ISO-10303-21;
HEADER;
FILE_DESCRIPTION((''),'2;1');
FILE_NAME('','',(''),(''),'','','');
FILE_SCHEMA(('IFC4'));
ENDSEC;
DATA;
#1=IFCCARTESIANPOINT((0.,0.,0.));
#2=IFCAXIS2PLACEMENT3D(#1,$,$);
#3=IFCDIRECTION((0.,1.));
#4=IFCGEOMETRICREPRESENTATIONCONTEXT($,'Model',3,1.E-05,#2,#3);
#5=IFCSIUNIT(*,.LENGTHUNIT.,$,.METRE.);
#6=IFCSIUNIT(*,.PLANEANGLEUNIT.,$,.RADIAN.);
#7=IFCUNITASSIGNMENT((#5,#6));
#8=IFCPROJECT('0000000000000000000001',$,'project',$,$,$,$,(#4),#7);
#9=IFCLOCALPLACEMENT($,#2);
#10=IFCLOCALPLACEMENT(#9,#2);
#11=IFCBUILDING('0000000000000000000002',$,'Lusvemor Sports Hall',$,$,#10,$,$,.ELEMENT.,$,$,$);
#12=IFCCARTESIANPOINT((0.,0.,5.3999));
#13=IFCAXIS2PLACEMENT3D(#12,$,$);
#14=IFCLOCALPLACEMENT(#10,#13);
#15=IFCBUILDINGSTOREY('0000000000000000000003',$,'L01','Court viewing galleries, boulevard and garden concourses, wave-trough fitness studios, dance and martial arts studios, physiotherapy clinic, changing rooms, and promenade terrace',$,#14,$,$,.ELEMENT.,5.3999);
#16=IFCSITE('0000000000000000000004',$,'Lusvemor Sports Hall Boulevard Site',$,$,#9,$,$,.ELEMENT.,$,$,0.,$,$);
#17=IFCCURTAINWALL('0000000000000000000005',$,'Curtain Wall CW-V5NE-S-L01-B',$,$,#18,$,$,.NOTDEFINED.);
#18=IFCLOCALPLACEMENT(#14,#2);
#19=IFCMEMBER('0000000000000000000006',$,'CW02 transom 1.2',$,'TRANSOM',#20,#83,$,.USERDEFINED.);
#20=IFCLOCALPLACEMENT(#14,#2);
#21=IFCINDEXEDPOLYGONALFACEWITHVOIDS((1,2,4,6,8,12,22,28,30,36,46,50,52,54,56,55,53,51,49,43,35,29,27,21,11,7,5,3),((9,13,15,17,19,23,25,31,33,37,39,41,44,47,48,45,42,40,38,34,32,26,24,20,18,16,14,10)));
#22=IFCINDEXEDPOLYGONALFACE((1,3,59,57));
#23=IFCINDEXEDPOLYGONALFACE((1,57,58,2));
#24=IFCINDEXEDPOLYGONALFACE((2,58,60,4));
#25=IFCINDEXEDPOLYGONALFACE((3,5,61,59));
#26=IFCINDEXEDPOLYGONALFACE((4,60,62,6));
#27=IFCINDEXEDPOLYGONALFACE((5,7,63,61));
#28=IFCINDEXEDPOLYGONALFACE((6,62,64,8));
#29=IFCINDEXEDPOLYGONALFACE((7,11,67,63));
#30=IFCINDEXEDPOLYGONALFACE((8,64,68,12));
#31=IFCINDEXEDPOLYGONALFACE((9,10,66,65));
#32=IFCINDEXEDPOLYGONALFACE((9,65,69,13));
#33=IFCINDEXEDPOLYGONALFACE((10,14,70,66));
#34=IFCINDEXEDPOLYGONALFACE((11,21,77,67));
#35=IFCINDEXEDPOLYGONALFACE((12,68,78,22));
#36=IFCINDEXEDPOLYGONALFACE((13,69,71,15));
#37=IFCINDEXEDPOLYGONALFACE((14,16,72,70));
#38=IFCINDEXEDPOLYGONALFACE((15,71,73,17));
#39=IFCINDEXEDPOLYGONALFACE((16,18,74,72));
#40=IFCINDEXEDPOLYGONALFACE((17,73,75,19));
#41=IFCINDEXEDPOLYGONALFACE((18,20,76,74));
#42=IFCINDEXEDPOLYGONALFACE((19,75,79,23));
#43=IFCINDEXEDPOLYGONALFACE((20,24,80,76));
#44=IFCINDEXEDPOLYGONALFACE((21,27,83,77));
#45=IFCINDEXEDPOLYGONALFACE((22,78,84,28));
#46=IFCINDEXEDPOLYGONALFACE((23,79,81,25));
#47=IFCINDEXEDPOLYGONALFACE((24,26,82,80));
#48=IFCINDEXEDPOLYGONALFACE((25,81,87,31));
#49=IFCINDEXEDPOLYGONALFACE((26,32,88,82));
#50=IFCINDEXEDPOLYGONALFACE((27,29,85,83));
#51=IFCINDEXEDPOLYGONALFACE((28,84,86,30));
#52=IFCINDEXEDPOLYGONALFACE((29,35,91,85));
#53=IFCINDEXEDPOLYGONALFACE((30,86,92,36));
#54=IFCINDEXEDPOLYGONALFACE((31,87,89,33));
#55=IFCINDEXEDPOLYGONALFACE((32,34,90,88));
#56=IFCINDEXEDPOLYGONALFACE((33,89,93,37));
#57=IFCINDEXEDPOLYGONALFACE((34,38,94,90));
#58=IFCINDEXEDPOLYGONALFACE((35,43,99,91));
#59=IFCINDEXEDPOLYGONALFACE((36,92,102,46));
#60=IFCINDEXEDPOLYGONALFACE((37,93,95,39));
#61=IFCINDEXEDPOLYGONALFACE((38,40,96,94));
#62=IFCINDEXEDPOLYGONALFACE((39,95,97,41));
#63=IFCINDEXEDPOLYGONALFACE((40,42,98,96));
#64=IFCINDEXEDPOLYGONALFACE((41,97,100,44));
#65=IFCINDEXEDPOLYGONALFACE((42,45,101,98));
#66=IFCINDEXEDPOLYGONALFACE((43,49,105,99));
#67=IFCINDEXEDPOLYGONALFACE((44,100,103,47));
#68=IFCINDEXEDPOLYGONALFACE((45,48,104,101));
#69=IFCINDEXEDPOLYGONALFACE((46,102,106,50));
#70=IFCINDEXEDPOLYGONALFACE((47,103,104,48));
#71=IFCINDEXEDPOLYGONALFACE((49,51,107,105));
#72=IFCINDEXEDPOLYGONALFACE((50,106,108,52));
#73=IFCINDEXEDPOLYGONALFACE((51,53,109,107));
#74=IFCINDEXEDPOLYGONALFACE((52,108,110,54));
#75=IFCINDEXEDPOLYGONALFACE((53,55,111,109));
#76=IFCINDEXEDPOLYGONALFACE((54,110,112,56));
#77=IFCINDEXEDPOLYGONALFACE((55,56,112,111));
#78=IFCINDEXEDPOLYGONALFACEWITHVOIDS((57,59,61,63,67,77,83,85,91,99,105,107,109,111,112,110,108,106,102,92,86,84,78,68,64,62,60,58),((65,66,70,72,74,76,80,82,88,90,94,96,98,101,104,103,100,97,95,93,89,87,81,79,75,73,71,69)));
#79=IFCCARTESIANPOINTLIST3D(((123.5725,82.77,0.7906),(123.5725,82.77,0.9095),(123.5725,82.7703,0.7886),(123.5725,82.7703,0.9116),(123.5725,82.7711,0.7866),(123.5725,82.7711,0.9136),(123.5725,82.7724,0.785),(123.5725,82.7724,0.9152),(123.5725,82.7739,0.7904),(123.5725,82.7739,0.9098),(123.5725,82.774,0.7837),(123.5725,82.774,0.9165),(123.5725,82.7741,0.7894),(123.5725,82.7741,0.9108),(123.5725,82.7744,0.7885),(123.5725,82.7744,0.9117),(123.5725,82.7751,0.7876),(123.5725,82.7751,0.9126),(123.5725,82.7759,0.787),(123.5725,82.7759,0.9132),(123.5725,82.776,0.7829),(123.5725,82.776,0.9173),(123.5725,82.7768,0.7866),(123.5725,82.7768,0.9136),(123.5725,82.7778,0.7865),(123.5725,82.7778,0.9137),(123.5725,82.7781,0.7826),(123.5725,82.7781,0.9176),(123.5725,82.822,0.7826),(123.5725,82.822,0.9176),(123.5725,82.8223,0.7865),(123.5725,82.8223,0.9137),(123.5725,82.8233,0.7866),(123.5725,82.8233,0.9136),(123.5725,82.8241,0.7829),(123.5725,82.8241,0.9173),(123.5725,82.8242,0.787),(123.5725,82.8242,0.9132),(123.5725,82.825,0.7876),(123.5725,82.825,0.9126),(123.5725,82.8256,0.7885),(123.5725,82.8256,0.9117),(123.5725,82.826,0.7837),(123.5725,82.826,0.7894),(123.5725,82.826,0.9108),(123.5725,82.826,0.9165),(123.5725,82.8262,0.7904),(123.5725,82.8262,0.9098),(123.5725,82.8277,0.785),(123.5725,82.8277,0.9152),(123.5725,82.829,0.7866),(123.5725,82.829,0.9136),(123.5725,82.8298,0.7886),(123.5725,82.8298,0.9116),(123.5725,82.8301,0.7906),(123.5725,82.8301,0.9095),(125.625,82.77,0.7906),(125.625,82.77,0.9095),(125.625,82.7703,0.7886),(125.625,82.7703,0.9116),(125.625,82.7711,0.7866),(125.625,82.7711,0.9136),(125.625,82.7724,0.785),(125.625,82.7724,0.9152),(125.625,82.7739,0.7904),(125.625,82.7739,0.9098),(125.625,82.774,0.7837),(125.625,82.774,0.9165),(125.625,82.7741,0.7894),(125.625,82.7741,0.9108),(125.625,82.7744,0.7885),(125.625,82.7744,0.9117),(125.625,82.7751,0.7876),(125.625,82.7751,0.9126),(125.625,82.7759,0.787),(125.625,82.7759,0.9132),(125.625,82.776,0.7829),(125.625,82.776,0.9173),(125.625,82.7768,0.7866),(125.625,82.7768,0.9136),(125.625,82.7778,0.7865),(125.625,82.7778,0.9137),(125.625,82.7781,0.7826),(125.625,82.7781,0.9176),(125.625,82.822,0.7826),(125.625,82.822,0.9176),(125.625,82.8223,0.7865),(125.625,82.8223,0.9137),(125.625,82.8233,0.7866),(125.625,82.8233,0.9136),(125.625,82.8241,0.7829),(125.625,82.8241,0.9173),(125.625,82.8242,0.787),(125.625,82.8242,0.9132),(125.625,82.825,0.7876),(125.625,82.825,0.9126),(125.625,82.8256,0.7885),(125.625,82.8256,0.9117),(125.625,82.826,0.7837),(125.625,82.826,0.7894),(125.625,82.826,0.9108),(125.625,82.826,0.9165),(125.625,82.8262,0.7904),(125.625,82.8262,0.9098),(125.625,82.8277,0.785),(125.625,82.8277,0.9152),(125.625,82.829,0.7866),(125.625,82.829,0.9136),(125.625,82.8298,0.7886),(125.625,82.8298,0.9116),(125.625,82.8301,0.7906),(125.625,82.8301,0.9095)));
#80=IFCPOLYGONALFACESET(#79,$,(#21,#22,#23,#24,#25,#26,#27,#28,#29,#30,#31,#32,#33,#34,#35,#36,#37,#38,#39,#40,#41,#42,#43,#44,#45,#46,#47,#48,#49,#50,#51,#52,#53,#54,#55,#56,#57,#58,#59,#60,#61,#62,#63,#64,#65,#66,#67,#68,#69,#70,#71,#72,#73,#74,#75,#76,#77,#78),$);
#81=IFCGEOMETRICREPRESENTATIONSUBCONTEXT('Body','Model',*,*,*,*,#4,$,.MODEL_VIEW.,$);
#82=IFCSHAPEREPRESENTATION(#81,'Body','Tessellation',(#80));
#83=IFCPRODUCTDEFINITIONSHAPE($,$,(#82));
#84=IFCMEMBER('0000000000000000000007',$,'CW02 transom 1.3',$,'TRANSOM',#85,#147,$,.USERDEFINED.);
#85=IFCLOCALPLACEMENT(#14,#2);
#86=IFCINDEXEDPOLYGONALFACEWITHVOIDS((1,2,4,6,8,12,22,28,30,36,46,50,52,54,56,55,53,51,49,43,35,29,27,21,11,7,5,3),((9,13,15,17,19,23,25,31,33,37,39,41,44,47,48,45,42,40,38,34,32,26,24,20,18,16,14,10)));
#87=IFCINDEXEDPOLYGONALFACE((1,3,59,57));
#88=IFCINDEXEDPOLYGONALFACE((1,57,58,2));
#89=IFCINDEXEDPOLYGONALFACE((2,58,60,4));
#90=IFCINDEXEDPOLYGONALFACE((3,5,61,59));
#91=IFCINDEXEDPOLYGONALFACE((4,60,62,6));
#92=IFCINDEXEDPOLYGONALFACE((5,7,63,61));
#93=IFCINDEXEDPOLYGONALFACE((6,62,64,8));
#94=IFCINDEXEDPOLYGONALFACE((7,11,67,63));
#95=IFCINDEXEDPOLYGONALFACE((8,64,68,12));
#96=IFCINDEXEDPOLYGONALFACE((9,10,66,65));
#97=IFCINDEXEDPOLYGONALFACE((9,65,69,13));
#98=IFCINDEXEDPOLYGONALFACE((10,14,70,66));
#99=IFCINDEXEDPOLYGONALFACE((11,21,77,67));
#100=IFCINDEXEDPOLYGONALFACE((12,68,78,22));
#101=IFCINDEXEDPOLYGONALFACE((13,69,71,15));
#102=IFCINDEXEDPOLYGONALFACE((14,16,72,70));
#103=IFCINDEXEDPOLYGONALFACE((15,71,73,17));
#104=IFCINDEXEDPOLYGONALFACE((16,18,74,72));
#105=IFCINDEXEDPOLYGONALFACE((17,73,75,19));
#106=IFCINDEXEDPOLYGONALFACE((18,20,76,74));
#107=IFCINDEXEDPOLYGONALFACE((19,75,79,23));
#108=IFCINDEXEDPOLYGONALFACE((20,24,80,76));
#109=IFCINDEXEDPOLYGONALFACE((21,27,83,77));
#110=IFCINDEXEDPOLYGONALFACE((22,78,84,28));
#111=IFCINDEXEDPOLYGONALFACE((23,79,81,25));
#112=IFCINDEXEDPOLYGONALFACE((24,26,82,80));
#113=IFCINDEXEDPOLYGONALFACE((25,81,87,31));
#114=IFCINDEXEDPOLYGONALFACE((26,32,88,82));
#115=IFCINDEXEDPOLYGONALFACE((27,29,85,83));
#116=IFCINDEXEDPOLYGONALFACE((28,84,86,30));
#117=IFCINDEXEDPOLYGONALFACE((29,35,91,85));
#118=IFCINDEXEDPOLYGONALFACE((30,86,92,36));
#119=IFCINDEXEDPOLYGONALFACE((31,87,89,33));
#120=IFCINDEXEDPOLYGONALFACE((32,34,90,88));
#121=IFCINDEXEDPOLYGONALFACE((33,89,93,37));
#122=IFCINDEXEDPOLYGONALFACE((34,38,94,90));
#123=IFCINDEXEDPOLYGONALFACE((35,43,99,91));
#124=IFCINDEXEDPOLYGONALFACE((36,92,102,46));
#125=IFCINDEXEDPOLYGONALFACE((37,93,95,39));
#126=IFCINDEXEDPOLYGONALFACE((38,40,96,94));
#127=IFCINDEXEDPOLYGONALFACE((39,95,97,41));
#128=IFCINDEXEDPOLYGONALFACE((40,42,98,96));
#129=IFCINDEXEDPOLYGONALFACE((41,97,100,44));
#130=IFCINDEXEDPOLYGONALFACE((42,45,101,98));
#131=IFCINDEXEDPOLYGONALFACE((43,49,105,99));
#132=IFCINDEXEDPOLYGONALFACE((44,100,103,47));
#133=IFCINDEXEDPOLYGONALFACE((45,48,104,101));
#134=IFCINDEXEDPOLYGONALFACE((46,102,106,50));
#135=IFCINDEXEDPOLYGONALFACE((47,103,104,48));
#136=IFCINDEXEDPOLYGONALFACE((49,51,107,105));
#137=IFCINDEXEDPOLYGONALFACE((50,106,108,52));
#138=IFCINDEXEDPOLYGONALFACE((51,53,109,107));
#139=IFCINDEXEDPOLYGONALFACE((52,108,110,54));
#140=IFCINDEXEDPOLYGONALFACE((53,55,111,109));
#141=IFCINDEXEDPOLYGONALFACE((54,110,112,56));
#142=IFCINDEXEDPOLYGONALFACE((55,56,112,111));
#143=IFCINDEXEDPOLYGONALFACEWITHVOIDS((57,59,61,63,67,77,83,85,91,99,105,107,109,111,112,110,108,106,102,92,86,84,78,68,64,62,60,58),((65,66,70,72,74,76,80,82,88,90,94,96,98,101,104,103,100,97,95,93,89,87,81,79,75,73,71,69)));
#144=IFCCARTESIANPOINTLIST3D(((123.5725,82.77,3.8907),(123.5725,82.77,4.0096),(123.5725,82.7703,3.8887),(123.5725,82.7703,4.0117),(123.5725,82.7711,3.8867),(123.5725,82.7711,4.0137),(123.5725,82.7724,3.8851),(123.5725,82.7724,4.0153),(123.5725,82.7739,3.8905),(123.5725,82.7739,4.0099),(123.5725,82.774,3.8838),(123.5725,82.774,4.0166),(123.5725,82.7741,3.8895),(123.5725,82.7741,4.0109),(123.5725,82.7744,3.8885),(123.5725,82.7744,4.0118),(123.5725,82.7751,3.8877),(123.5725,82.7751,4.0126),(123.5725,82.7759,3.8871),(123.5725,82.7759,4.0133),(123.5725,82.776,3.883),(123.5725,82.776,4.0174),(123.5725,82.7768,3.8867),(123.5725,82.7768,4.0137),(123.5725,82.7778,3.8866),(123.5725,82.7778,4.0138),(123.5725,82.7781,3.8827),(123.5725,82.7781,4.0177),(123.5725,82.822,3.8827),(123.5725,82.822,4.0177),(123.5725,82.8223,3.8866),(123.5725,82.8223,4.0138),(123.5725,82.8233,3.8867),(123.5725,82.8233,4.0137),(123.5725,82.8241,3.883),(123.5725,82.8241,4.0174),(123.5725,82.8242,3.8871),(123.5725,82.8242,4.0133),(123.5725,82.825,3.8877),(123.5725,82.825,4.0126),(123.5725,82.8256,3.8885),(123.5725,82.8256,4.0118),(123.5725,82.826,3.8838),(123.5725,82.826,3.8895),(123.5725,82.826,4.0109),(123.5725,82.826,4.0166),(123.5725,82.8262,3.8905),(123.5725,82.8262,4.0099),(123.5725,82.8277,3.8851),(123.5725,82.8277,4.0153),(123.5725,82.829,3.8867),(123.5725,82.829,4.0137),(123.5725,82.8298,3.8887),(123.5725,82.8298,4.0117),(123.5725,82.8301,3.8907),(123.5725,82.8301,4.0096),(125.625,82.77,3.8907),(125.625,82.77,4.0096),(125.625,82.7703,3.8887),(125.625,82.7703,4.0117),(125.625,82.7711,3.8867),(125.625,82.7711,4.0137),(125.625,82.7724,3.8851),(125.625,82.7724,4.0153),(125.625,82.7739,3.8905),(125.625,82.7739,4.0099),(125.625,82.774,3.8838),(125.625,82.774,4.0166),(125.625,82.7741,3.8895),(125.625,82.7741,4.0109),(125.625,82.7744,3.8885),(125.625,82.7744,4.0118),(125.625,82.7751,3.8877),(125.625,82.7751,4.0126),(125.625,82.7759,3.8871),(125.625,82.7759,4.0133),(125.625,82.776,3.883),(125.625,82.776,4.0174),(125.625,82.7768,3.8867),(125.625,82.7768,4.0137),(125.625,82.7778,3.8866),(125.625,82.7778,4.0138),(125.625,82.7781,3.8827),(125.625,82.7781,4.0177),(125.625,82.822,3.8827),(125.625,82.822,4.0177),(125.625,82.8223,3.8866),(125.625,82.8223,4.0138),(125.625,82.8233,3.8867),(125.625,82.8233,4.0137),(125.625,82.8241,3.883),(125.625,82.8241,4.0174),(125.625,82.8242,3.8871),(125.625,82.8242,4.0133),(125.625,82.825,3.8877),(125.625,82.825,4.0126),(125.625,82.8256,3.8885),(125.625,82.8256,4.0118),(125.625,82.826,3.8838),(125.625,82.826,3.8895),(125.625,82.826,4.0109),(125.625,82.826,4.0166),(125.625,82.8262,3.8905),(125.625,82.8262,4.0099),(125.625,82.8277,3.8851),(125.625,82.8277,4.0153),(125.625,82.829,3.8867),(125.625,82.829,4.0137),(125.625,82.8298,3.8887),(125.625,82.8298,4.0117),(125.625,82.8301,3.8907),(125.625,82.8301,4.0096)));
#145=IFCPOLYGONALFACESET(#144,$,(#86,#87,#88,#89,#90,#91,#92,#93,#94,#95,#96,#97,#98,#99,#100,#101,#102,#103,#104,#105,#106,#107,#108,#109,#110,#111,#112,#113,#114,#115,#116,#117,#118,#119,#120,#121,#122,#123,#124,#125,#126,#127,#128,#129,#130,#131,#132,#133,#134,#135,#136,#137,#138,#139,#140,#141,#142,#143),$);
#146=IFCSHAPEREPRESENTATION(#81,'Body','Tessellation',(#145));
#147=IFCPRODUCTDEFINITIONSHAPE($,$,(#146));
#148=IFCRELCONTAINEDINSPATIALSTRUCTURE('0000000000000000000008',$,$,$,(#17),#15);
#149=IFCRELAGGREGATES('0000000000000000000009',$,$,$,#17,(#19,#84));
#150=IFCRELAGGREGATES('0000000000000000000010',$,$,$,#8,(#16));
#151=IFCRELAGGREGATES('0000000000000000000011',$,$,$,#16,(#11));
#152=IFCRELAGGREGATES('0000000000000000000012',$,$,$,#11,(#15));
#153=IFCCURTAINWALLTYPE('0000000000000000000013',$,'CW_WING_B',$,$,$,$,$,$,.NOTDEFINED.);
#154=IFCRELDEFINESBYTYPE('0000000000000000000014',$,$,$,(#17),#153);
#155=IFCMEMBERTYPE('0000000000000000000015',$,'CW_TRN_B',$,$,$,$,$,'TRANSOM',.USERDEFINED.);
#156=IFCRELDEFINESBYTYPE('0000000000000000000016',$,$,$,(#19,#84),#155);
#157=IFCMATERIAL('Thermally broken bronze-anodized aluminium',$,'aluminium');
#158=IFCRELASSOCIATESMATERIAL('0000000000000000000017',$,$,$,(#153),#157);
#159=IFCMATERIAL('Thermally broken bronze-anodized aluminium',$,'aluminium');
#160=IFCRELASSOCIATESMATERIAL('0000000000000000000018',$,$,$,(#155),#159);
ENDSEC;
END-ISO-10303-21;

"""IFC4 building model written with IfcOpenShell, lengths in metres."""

from ifc_helpers import new_model, si_unit, direction, frame, origin, origin_2d, place, context, subcontext, project, spatial, hollow_rectangle, extrude, material, material_profile, profile_set, type_object, element, aggregate, save


model = new_model("IFC4")

# Units and contexts
model_context = context("Model", 3, precision=1e-05, world=origin(), true_north=direction((0.0, 1.0)))
body_context = subcontext(model_context, "Body", "Model", "MODEL_VIEW")
ifc_project = project(units=[si_unit("LENGTHUNIT", "METRE"), si_unit("PLANEANGLEUNIT", "RADIAN")], contexts=[model_context])

# Site, building, storey
site_placement = place(None, origin())
site = spatial("IfcSite", under=ifc_project, at=site_placement, Name="Lusvemor Sports Hall Boulevard Site", CompositionType="ELEMENT", RefElevation=0.0)
building_placement = place(site_placement, origin())
building = spatial("IfcBuilding", under=site, at=building_placement, Name="Lusvemor Sports Hall", CompositionType="ELEMENT")
storey_placement = place(building_placement, frame((0.0, 0.0, 5.3999)))
storey = spatial("IfcBuildingStorey", under=building, at=storey_placement, Name="L01", Description="Court viewing galleries, boulevard and garden concourses, wave-trough fitness studios, dance and martial arts studios, physiotherapy clinic, changing rooms, and promenade terrace", CompositionType="ELEMENT", Elevation=5.3999)

# Shared definitions
ifc_material_1 = material(Name="Thermally broken bronze-anodized aluminium", Category="aluminium")
curtain_wall_type = type_object("IfcCurtainWallType", Name="CW_WING_B", PredefinedType="NOTDEFINED", material=ifc_material_1)

# Curtain wall, members
curtain_wall_1_placement = place(storey_placement, origin())
curtain_wall_1 = element("IfcCurtainWall", 1, at=curtain_wall_1_placement, inside=storey, type_object=curtain_wall_type, Name="Curtain Wall CW-V5NE-S-L01-B", PredefinedType="NOTDEFINED")
ifc_material_2 = material(Name="Thermally broken bronze-anodized aluminium", Category="aluminium")
ifc_material_profile_1 = material_profile(ifc_material_2, hollow_rectangle(XDim=0.0601, YDim=0.135, WallThickness=0.0039, InnerFilletRadius=0.0039, OuterFilletRadius=0.0081, at=origin_2d()), Name="CWTRN135x60x4")
ifc_profile_set_1 = profile_set([ifc_material_profile_1], Name="Thermally broken bronze-anodized aluminium")
member_type_1 = type_object("IfcMemberType", Name="CW_TRN_B", ElementType="TRANSOM", PredefinedType="USERDEFINED", material=ifc_profile_set_1)
member_1_placement = place(storey_placement, frame((125.625, 82.8, 0.8501), z_axis=(-1.0, 0.0, 0.0), x_axis=(0.0, -1.0, 0.0)))
member_1 = element("IfcMember", 2, at=member_1_placement, type_object=member_type_1, Name="CW02 transom 1.2", ObjectType="TRANSOM", PredefinedType="USERDEFINED", context=body_context, shape_type="SweptSolid", body=[
    extrude(hollow_rectangle(XDim=0.0601, YDim=0.135, WallThickness=0.0039, InnerFilletRadius=0.0039, OuterFilletRadius=0.0081, at=origin_2d()), origin(), (0.0, 0.0, 1.0), 2.0525),
])
member_2_placement = place(storey_placement, frame((125.625, 82.8, 3.9502), z_axis=(-1.0, 0.0, 0.0), x_axis=(0.0, -1.0, 0.0)))
member_2 = element("IfcMember", 3, at=member_2_placement, type_object=member_type_1, Name="CW02 transom 1.3", ObjectType="TRANSOM", PredefinedType="USERDEFINED", context=body_context, shape_type="SweptSolid", body=[
    extrude(hollow_rectangle(XDim=0.0601, YDim=0.135, WallThickness=0.0039, InnerFilletRadius=0.0039, OuterFilletRadius=0.0081, at=origin_2d()), origin(), (0.0, 0.0, 1.0), 2.0525),
])

aggregate(curtain_wall_1, [member_1, member_2])

save(model, "model.ifc")
